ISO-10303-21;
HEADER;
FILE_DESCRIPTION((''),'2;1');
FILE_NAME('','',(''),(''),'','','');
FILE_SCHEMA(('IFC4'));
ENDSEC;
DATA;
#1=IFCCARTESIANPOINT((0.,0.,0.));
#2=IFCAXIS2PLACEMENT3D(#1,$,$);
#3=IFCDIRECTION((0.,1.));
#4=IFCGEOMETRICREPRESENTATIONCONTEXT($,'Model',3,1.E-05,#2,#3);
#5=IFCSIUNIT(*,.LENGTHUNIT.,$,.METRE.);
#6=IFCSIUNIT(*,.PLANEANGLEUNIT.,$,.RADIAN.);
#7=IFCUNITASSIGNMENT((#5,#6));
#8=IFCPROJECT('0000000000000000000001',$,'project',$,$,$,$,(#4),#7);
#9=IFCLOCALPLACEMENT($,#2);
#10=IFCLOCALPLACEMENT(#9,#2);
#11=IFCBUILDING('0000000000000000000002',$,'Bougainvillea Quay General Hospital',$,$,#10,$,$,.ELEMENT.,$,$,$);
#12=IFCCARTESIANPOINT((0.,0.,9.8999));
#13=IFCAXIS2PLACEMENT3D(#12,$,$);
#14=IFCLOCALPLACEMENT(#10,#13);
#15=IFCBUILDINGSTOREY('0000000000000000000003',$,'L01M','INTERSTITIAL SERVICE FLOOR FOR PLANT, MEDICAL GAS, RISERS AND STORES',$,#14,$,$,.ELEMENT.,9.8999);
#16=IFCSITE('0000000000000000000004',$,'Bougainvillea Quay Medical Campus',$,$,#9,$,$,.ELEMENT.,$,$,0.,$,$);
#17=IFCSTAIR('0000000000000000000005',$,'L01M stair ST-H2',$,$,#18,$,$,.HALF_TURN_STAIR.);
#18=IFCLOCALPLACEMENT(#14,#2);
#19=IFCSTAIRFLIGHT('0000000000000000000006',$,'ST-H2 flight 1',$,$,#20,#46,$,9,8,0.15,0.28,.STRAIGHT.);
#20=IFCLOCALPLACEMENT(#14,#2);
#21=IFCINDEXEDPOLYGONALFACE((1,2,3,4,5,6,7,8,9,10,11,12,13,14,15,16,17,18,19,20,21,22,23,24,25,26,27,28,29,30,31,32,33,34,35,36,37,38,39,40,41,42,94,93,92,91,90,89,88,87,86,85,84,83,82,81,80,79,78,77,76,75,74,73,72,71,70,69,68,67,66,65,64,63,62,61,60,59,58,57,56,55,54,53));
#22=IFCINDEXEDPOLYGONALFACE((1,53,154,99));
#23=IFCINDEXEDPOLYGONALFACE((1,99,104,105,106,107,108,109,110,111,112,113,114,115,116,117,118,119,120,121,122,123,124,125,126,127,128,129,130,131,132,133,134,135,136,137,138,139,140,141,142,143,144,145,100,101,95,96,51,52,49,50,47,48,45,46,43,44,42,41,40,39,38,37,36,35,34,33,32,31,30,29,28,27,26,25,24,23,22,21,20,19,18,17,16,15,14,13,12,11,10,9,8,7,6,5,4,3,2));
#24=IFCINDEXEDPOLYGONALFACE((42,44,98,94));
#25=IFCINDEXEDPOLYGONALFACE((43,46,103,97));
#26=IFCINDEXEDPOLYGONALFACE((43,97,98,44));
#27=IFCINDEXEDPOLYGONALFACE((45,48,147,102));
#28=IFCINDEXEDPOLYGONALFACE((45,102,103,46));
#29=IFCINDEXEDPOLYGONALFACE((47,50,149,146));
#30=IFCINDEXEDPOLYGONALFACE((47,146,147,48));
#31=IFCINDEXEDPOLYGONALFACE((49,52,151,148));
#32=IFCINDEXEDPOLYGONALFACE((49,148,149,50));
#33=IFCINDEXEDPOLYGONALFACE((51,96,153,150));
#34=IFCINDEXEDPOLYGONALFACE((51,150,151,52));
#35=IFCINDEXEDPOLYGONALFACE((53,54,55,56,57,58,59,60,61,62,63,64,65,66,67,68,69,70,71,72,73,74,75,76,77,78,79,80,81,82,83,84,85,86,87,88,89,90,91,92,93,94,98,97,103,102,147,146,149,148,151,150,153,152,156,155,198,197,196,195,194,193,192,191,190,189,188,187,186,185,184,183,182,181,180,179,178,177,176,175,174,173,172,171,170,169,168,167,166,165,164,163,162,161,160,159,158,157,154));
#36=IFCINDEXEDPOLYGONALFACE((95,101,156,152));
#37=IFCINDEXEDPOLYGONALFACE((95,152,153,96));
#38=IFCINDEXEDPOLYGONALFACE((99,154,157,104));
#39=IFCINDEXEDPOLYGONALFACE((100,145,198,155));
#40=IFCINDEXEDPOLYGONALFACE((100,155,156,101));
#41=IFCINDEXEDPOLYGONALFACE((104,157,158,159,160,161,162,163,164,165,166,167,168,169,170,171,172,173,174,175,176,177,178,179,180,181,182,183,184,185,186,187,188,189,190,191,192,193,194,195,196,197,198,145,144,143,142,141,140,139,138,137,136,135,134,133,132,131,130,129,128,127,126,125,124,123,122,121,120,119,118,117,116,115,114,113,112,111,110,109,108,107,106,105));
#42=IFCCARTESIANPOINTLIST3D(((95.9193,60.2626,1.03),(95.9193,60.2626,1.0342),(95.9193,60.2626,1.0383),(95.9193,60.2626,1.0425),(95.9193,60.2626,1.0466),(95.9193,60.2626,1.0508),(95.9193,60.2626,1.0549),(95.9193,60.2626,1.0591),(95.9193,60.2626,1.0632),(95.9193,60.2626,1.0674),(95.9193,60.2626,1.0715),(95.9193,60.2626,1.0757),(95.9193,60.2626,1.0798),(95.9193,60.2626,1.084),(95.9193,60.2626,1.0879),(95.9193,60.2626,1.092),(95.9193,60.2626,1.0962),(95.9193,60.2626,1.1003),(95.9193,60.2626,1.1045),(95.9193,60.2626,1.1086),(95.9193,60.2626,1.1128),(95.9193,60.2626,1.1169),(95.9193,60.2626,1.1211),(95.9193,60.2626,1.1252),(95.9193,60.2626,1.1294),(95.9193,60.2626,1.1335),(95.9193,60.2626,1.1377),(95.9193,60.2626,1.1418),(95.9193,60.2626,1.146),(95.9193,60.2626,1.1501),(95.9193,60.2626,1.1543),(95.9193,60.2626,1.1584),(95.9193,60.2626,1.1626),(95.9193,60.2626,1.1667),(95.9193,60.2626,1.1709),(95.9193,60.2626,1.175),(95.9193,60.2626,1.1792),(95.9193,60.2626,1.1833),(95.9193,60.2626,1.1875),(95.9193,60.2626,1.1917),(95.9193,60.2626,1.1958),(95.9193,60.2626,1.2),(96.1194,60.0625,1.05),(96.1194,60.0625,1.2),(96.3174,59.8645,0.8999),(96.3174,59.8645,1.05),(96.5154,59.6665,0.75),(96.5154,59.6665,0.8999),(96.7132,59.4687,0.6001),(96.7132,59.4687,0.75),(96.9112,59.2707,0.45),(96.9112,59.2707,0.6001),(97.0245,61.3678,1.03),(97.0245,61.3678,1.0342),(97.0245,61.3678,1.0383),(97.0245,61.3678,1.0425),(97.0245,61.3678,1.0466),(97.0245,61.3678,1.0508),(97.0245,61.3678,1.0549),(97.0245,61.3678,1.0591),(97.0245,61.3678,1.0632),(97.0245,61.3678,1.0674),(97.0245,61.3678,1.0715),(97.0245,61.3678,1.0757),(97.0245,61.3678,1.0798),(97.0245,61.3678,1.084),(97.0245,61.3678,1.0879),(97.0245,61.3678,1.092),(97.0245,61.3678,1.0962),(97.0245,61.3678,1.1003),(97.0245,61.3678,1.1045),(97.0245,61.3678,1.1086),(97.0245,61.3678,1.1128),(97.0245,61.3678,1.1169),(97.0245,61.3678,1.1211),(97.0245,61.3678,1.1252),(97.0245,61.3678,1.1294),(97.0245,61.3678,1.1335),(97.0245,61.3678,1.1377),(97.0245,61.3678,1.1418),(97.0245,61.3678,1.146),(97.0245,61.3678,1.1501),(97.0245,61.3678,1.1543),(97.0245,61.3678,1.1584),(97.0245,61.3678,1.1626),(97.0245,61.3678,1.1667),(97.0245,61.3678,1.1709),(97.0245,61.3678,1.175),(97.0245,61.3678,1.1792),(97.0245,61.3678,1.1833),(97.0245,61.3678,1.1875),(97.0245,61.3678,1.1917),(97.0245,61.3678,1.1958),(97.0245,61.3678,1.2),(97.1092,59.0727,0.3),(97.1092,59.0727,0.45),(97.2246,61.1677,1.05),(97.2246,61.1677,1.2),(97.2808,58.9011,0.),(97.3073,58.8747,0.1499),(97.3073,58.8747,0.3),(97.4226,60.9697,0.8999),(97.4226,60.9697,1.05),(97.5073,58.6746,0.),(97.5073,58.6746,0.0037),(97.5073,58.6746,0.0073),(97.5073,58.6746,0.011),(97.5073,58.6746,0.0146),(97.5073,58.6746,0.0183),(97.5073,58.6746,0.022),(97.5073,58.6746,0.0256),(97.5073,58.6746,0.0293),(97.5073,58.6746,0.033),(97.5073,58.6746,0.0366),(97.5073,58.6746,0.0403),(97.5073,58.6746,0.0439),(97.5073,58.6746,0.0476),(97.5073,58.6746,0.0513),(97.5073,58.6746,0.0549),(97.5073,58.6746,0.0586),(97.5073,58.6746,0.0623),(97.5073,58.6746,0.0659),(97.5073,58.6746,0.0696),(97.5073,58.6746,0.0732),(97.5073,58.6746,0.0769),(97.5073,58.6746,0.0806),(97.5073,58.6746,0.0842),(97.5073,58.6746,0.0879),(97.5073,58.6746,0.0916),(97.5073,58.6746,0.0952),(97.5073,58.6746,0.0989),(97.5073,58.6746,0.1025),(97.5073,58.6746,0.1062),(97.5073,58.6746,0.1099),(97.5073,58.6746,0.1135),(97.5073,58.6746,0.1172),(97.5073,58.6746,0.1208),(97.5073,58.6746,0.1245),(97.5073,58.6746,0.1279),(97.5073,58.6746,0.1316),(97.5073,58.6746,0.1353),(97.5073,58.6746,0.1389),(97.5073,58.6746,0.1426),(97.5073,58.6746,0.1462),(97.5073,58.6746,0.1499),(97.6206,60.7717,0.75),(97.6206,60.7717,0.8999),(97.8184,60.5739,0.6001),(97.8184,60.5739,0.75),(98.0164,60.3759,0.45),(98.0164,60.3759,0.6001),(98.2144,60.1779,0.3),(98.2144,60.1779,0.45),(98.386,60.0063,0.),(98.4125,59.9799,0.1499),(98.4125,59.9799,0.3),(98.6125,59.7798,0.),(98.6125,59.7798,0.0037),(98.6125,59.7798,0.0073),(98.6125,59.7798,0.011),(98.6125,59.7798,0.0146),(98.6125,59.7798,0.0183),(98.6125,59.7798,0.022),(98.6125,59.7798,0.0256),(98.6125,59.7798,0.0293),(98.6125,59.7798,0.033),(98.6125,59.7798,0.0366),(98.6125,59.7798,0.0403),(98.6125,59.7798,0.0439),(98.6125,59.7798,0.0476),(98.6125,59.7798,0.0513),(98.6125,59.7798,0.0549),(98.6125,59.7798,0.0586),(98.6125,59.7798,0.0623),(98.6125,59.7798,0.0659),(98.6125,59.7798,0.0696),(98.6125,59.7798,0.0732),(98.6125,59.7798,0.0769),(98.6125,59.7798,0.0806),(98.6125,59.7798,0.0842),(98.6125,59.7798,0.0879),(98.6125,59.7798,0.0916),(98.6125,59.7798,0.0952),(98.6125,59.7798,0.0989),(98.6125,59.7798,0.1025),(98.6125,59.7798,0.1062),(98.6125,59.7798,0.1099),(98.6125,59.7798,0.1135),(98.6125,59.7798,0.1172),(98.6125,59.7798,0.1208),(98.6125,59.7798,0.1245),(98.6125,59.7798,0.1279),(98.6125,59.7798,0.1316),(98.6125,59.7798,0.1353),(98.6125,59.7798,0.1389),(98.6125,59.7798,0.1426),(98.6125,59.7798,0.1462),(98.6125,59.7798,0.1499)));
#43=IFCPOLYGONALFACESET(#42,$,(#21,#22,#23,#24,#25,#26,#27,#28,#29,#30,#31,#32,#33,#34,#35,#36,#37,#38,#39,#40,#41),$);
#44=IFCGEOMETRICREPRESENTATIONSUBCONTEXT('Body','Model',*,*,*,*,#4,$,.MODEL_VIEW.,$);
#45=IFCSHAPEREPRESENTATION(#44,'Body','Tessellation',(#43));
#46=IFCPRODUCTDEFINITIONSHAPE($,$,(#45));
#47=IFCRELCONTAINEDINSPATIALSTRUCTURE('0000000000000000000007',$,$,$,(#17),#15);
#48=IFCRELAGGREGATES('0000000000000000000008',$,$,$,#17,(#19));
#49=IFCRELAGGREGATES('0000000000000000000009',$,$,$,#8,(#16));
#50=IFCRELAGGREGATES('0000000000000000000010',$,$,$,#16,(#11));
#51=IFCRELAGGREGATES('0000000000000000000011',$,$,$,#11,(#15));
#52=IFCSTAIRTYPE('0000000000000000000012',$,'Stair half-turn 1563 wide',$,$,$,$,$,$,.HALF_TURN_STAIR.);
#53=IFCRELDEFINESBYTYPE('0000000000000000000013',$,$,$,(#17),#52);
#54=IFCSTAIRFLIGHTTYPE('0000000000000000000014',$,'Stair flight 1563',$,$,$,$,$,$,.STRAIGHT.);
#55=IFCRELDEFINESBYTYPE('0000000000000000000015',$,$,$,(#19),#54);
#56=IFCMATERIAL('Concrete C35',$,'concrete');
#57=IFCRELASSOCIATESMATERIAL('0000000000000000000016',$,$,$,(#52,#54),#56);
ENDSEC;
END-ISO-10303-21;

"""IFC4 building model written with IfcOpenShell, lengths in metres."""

from ifc_helpers import new_model, si_unit, direction, frame, origin, place, context, subcontext, project, spatial, polyline, outline, extrude, material, type_object, element, aggregate, save


model = new_model("IFC4")

# Units and contexts
model_context = context("Model", 3, precision=1e-05, world=origin(), true_north=direction((0.0, 1.0)))
body_context = subcontext(model_context, "Body", "Model", "MODEL_VIEW")
ifc_project = project(units=[si_unit("LENGTHUNIT", "METRE"), si_unit("PLANEANGLEUNIT", "RADIAN")], contexts=[model_context])

# Site, building, storey
site_placement = place(None, origin())
site = spatial("IfcSite", under=ifc_project, at=site_placement, Name="Bougainvillea Quay Medical Campus", CompositionType="ELEMENT", RefElevation=0.0)
building_placement = place(site_placement, origin())
building = spatial("IfcBuilding", under=site, at=building_placement, Name="Bougainvillea Quay General Hospital", CompositionType="ELEMENT")
storey_placement = place(building_placement, frame((0.0, 0.0, 9.8999)))
storey = spatial("IfcBuildingStorey", under=building, at=storey_placement, Name="L01M", Description="INTERSTITIAL SERVICE FLOOR FOR PLANT, MEDICAL GAS, RISERS AND STORES", CompositionType="ELEMENT", Elevation=9.8999)

# Stair, stair flight
ifc_material_1 = material(Name="Concrete C35", Category="concrete")
stair_type = type_object("IfcStairType", Name="Stair half-turn 1563 wide", PredefinedType="HALF_TURN_STAIR", material=ifc_material_1)
stair_placement = place(storey_placement, origin())
stair = element("IfcStair", 1, at=stair_placement, inside=storey, type_object=stair_type, Name="L01M stair ST-H2", PredefinedType="HALF_TURN_STAIR")
stair_flight_type = type_object("IfcStairFlightType", Name="Stair flight 1563", PredefinedType="STRAIGHT", material=ifc_material_1)
stair_flight_1_placement = place(storey_placement, frame((98.0579, 59.2292, 0.0), z_axis=(0.0, 0.0, 1.0), x_axis=(-0.707107, 0.707107, 0.0)))
stair_flight_1 = element("IfcStairFlight", 2, at=stair_flight_1_placement, type_object=stair_flight_type, Name="ST-H2 flight 1", NumberOfRisers=9, NumberOfTreads=8, PredefinedType="STRAIGHT", RiserHeight=0.15, TreadLength=0.28, context=body_context, shape_type="SweptSolid", body=[
    extrude(outline(polyline([(-0.0029, 0.0), (-0.0029, 0.0037), (-0.0029, 0.0073), (-0.0029, 0.011), (-0.0029, 0.0146), (-0.0029, 0.0183), (-0.0029, 0.022), (-0.0029, 0.0256), (-0.0029, 0.0293), (-0.0029, 0.033), (-0.0029, 0.0366), (-0.0029, 0.0403), (-0.0029, 0.0439), (-0.0029, 0.0476), (-0.0029, 0.0513), (-0.0029, 0.0549), (-0.0029, 0.0586), (-0.0029, 0.0623), (-0.0029, 0.0659), (-0.0029, 0.0696), (-0.0029, 0.0732), (-0.0029, 0.0769), (-0.0029, 0.0806), (-0.0029, 0.0842), (-0.0029, 0.0879), (-0.0029, 0.0916), (-0.0029, 0.0952), (-0.0029, 0.0989), (-0.0029, 0.1025), (-0.0029, 0.1062), (-0.0029, 0.1099), (-0.0029, 0.1135), (-0.0029, 0.1172), (-0.0029, 0.1208), (-0.0029, 0.1245), (-0.0029, 0.1279), (-0.0029, 0.1316), (-0.0029, 0.1353), (-0.0029, 0.1389), (-0.0029, 0.1426), (-0.0029, 0.1462), (-0.0029, 0.1499), (0.28, 0.1499), (0.28, 0.3), (0.5601, 0.3), (0.5601, 0.45), (0.8401, 0.45), (0.8401, 0.6001), (1.1201, 0.6001), (1.1201, 0.75), (1.3999, 0.75), (1.3999, 0.8999), (1.6799, 0.8999), (1.6799, 1.05), (1.96, 1.05), (1.96, 1.2), (2.2429, 1.2), (2.2429, 1.1958), (2.2429, 1.1917), (2.2429, 1.1875), (2.2429, 1.1833), (2.2429, 1.1792), (2.2429, 1.175), (2.2429, 1.1709), (2.2429, 1.1667), (2.2429, 1.1626), (2.2429, 1.1584), (2.2429, 1.1543), (2.2429, 1.1501), (2.2429, 1.146), (2.2429, 1.1418), (2.2429, 1.1377), (2.2429, 1.1335), (2.2429, 1.1294), (2.2429, 1.1252), (2.2429, 1.1211), (2.2429, 1.1169), (2.2429, 1.1128), (2.2429, 1.1086), (2.2429, 1.1045), (2.2429, 1.1003), (2.2429, 1.0962), (2.2429, 1.092), (2.2429, 1.0879), (2.2429, 1.084), (2.2429, 1.0798), (2.2429, 1.0757), (2.2429, 1.0715), (2.2429, 1.0674), (2.2429, 1.0632), (2.2429, 1.0591), (2.2429, 1.0549), (2.2429, 1.0508), (2.2429, 1.0466), (2.2429, 1.0425), (2.2429, 1.0383), (2.2429, 1.0342), (2.2429, 1.03), (0.3174, 0.0), (-0.0029, 0.0)])), frame((0.0, 0.7815, 0.0), z_axis=(0.0, -1.0, 0.0), x_axis=(1.0, 0.0, 0.0)), (0.0, 0.0, 1.0), 1.563),
])
aggregate(stair, [stair_flight_1])

save(model, "model.ifc")
